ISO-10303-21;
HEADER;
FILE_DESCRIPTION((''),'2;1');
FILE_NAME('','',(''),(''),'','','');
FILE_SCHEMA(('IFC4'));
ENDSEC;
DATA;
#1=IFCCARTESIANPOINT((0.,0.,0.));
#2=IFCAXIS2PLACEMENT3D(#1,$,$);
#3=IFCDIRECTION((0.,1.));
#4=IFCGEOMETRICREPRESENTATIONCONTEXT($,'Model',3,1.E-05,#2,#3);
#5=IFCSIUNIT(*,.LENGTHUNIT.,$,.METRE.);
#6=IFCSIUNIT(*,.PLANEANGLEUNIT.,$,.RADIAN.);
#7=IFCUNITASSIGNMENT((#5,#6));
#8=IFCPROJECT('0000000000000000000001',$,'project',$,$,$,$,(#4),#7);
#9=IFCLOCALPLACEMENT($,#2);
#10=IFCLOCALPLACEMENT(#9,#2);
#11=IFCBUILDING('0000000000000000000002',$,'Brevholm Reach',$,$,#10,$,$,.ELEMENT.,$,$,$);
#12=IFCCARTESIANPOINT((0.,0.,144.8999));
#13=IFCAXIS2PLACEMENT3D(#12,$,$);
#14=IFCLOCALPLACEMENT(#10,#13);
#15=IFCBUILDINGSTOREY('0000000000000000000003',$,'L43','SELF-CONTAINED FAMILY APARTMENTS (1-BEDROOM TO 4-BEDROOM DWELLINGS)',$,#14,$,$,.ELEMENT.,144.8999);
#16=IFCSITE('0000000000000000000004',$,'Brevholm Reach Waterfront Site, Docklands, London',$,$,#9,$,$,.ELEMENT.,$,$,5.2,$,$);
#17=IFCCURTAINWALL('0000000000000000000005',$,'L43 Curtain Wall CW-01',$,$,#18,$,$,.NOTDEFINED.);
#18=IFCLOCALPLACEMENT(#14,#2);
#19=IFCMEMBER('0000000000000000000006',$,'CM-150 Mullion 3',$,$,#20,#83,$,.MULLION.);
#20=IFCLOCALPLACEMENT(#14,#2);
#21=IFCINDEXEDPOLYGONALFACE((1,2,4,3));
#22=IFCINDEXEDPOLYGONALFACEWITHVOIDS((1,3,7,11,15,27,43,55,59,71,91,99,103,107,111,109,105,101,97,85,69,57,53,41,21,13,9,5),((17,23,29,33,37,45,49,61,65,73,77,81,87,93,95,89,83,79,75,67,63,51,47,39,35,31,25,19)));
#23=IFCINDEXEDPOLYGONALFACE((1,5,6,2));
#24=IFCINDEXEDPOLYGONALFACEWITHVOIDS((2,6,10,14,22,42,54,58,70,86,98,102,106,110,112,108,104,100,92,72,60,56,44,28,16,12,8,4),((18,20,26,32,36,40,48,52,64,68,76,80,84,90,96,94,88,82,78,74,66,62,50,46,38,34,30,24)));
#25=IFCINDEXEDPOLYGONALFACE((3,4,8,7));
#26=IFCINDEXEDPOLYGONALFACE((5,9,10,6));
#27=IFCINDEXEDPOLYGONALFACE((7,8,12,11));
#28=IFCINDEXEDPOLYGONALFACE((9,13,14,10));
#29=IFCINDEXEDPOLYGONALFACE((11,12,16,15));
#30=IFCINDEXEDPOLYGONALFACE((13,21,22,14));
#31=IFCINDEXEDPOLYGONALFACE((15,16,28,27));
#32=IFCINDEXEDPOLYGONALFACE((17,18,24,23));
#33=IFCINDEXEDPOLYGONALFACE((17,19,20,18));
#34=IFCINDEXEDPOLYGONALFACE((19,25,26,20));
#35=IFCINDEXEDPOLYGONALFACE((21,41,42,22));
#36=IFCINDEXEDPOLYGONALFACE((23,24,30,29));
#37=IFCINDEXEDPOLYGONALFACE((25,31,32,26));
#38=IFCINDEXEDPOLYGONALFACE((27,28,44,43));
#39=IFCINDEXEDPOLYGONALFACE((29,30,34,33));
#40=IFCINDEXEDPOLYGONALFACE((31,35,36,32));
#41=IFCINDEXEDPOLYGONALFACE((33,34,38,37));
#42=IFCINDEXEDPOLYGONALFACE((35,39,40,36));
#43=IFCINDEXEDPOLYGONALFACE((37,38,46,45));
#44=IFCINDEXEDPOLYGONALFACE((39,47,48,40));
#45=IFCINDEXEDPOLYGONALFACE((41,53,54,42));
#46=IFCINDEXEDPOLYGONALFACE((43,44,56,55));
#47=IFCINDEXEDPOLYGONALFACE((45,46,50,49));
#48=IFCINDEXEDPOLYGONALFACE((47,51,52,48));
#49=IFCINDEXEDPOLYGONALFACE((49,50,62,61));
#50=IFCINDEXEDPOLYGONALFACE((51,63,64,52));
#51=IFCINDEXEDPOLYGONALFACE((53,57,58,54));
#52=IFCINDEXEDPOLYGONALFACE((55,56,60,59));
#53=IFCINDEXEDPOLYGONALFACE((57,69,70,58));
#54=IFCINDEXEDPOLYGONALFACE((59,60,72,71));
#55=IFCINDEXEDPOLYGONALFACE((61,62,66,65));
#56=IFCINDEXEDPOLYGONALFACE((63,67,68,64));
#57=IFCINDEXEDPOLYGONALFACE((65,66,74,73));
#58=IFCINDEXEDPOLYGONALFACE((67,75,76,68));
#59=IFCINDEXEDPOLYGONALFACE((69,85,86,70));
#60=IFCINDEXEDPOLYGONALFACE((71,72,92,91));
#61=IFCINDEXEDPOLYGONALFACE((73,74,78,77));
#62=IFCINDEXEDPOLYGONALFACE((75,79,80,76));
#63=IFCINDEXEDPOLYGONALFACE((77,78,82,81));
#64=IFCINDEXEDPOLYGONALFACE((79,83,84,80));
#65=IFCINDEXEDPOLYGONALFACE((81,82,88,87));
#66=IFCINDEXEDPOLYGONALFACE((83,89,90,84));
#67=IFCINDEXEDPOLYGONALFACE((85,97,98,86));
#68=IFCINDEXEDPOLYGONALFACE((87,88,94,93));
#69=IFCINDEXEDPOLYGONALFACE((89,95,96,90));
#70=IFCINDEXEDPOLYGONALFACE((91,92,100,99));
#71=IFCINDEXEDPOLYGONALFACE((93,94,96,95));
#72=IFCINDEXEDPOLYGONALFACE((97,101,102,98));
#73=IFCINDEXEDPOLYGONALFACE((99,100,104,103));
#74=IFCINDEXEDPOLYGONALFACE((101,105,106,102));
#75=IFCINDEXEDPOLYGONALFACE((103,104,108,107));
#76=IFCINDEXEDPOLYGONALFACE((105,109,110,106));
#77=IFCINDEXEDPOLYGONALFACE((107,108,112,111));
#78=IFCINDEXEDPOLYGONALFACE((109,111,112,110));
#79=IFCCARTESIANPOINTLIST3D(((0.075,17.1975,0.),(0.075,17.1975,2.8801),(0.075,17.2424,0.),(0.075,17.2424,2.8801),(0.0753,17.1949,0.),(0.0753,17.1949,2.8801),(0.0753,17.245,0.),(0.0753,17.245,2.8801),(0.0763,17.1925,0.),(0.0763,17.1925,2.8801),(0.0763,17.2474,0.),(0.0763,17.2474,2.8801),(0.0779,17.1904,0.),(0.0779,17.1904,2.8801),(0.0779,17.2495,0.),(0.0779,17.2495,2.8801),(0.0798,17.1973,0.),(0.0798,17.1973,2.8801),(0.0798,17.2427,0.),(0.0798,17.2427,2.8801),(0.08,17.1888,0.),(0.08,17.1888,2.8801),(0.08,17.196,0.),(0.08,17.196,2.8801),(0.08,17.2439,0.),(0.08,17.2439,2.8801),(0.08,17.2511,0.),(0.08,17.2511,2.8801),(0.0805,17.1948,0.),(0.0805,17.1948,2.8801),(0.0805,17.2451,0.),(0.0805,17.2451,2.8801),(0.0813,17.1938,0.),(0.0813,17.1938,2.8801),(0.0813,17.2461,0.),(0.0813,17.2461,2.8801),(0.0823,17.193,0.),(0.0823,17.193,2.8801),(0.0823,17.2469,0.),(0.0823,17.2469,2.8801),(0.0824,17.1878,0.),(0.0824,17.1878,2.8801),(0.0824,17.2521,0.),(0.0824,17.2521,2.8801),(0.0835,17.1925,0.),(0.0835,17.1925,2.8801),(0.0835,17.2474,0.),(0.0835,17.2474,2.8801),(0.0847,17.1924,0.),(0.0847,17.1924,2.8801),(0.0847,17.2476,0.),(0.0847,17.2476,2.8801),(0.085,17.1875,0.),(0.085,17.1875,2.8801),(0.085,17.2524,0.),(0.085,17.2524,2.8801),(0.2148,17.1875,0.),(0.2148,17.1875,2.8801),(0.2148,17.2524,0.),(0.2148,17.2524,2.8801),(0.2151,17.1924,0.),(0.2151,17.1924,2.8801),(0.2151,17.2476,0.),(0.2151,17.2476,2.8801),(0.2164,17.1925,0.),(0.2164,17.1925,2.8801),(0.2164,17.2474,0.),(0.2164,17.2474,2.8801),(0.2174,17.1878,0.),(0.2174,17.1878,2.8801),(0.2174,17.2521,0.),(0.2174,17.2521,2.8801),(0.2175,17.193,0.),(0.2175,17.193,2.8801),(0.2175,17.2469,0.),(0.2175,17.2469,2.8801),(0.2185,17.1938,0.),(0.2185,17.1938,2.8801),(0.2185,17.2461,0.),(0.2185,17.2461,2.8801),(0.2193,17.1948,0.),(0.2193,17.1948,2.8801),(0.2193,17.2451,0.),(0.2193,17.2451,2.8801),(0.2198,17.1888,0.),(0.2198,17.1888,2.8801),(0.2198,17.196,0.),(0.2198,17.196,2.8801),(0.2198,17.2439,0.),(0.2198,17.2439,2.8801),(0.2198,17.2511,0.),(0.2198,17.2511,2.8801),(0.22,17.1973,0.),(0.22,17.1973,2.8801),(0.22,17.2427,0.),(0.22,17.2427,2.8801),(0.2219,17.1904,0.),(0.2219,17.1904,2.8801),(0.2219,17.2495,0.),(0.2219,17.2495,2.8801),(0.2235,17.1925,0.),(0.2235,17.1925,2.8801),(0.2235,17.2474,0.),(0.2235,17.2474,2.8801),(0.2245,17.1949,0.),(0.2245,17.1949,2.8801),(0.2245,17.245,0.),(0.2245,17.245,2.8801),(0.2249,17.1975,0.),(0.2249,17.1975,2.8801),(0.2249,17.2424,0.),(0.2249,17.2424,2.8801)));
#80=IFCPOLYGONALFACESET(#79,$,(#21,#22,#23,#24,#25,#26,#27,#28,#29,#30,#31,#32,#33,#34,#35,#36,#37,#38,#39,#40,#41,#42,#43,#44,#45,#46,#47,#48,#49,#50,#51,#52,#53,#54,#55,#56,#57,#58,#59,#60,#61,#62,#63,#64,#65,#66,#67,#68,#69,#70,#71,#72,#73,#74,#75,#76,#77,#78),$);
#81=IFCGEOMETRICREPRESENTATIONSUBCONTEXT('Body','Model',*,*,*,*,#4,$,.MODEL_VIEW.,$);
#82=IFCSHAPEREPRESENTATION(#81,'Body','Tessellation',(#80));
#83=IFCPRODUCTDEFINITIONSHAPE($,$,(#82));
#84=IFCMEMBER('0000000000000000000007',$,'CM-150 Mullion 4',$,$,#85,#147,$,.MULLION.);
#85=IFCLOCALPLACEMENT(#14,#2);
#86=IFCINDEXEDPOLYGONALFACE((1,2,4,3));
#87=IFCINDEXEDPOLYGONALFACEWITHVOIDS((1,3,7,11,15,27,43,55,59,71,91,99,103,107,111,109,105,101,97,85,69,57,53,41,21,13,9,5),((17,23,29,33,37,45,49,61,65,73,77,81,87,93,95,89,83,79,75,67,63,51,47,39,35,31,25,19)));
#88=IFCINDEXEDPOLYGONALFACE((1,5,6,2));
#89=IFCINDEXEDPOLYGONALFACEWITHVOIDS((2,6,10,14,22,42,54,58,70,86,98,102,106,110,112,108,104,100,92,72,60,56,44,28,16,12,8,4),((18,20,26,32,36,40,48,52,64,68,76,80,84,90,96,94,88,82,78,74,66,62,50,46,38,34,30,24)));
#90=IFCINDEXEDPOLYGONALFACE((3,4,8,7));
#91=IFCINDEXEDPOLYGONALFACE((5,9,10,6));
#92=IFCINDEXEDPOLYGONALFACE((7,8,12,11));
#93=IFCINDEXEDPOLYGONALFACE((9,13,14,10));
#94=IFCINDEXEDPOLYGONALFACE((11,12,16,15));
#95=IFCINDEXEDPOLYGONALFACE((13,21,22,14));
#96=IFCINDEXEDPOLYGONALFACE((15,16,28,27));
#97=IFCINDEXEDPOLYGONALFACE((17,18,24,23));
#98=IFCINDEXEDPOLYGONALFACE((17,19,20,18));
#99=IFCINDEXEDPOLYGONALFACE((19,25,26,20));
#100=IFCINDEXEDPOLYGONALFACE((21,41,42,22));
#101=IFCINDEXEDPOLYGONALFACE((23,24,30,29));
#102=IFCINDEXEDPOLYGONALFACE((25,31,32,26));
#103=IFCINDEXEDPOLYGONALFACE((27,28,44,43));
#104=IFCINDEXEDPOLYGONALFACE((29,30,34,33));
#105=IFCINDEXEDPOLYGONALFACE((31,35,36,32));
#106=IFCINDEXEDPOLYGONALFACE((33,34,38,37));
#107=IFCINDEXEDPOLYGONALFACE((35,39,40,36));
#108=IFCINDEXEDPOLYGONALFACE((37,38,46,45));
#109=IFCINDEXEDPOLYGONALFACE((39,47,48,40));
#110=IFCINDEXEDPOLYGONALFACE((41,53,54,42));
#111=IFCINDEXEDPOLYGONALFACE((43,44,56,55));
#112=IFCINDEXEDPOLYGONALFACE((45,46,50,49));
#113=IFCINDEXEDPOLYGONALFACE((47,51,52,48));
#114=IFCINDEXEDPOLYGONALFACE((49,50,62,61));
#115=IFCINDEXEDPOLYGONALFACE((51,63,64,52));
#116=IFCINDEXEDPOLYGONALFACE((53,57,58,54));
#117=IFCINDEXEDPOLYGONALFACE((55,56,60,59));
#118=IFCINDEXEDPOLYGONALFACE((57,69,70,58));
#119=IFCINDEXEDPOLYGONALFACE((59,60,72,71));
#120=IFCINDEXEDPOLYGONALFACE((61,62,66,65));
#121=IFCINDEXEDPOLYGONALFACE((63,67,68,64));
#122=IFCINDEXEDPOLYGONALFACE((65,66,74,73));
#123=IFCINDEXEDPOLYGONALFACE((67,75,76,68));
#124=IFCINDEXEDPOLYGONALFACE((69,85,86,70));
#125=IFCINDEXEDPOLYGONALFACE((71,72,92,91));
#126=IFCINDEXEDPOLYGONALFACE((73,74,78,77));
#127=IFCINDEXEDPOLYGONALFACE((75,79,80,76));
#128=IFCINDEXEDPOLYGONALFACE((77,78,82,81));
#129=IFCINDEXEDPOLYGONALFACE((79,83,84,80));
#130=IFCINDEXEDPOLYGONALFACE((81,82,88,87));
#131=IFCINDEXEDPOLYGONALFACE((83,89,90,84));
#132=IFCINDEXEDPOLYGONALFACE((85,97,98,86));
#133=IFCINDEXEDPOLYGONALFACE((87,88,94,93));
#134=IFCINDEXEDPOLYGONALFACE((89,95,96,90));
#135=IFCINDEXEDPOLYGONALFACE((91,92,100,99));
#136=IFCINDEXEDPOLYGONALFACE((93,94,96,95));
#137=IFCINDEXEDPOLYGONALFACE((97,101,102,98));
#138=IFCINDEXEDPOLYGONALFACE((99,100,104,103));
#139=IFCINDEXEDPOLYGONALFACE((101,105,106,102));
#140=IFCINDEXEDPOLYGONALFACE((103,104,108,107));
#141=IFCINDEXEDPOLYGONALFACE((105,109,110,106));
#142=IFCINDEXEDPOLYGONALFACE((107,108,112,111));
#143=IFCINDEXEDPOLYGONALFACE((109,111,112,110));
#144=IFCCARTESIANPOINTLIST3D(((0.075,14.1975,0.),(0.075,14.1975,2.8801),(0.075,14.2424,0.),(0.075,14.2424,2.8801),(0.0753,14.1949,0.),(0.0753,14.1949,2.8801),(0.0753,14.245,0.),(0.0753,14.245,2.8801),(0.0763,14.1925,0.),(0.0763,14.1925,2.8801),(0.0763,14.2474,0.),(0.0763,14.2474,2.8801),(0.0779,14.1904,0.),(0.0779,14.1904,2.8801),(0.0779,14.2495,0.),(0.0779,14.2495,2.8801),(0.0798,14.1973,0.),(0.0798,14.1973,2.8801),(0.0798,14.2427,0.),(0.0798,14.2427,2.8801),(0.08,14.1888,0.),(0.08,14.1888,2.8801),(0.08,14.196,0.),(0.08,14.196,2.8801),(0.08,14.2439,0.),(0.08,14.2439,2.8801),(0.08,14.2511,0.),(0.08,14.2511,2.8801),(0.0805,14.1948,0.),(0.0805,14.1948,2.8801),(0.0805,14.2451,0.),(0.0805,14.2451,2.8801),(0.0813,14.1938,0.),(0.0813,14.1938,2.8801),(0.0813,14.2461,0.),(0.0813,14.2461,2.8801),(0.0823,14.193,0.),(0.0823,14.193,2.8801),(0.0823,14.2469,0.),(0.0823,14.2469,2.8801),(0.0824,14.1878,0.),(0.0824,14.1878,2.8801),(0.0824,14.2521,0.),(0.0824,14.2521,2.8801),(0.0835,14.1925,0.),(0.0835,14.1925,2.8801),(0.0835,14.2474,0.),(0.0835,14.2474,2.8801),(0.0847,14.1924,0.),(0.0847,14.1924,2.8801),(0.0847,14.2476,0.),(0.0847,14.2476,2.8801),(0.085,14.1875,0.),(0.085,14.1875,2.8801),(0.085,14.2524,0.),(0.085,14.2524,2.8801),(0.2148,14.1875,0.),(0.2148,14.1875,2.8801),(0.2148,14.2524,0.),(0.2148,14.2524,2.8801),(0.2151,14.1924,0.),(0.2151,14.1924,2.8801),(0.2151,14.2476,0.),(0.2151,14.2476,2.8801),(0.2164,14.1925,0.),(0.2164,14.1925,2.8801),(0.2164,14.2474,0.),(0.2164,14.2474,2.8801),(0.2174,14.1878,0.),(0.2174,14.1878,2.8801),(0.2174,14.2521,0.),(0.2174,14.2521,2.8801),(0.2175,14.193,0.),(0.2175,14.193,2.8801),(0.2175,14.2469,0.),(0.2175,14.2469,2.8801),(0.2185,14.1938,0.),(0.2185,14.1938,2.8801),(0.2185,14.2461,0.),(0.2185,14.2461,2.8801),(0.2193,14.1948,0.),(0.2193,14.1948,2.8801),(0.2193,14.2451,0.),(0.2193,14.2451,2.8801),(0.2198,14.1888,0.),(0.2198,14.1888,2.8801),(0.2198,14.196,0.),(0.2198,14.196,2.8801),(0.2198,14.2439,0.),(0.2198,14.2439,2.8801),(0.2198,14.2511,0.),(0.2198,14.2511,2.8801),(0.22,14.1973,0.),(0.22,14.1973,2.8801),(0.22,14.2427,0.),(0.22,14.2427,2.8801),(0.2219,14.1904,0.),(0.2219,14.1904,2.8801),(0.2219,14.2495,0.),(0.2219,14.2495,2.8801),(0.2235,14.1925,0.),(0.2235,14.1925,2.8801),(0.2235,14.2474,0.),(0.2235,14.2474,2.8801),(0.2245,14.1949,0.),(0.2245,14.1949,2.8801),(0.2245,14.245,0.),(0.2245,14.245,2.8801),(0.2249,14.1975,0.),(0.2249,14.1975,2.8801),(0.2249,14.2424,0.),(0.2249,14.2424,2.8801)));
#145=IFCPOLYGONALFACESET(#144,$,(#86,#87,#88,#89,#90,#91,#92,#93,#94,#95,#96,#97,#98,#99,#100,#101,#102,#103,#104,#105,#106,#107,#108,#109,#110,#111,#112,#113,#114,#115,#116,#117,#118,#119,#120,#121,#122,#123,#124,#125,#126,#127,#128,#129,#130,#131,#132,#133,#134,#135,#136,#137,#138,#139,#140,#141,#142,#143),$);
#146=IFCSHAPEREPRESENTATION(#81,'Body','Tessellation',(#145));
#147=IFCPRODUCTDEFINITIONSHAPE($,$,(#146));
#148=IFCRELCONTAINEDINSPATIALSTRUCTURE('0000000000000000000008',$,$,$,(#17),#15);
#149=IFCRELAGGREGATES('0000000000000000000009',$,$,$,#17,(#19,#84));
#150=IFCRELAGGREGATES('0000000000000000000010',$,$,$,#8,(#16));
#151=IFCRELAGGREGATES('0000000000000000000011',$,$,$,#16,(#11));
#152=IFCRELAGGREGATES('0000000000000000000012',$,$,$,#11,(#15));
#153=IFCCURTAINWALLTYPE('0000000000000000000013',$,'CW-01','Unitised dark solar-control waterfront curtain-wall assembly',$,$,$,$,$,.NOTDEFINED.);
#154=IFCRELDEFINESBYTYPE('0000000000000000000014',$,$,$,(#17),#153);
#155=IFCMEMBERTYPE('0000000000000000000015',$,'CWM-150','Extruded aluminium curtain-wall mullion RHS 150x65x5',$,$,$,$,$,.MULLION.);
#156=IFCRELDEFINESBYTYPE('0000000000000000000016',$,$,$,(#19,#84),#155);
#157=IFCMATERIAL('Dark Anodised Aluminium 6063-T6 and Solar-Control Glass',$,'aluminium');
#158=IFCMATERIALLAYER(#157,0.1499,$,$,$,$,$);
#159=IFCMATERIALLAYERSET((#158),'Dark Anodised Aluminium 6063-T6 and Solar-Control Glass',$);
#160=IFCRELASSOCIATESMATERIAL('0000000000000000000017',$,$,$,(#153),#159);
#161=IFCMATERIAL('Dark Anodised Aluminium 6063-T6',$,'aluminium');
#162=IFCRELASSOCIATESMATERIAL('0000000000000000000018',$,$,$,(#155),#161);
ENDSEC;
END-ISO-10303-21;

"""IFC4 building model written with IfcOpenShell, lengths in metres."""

from ifc_helpers import new_model, si_unit, direction, frame, origin, origin_2d, place, context, subcontext, project, spatial, hollow_rectangle, extrude, material, layer, layer_set, material_profile, profile_set, type_object, element, aggregate, save


model = new_model("IFC4")

# Units and contexts
model_context = context("Model", 3, precision=1e-05, world=origin(), true_north=direction((0.0, 1.0)))
body_context = subcontext(model_context, "Body", "Model", "MODEL_VIEW")
ifc_project = project(units=[si_unit("LENGTHUNIT", "METRE"), si_unit("PLANEANGLEUNIT", "RADIAN")], contexts=[model_context])

# Site, building, storey
site_placement = place(None, origin())
site = spatial("IfcSite", under=ifc_project, at=site_placement, Name="Brevholm Reach Waterfront Site, Docklands, London", CompositionType="ELEMENT", RefElevation=5.2)
building_placement = place(site_placement, origin())
building = spatial("IfcBuilding", under=site, at=building_placement, Name="Brevholm Reach", CompositionType="ELEMENT")
storey_placement = place(building_placement, frame((0.0, 0.0, 144.8999)))
storey = spatial("IfcBuildingStorey", under=building, at=storey_placement, Name="L43", Description="SELF-CONTAINED FAMILY APARTMENTS (1-BEDROOM TO 4-BEDROOM DWELLINGS)", CompositionType="ELEMENT", Elevation=144.8999)

# Curtain wall, members
ifc_material_1 = material(Name="Dark Anodised Aluminium 6063-T6 and Solar-Control Glass", Category="aluminium")
ifc_layer_1 = layer(ifc_material_1, 0.1499)
ifc_layer_set_1 = layer_set([ifc_layer_1], Name="Dark Anodised Aluminium 6063-T6 and Solar-Control Glass")
curtain_wall_type = type_object("IfcCurtainWallType", Name="CW-01", Description="Unitised dark solar-control waterfront curtain-wall assembly", PredefinedType="NOTDEFINED", material=ifc_layer_set_1)
curtain_wall_placement = place(storey_placement, origin())
curtain_wall = element("IfcCurtainWall", 1, at=curtain_wall_placement, inside=storey, type_object=curtain_wall_type, Name="L43 Curtain Wall CW-01", PredefinedType="NOTDEFINED")
ifc_material_2 = material(Name="Dark Anodised Aluminium 6063-T6", Category="aluminium")
ifc_material_profile_1 = material_profile(ifc_material_2, hollow_rectangle(XDim=0.0649, YDim=0.1499, WallThickness=0.0049, InnerFilletRadius=0.0049, OuterFilletRadius=0.01, at=origin_2d()), Name="RHS 150x65x5")
ifc_profile_set_1 = profile_set([ifc_material_profile_1], Name="Dark Anodised Aluminium 6063-T6")
member_type_1 = type_object("IfcMemberType", Name="CWM-150", Description="Extruded aluminium curtain-wall mullion RHS 150x65x5", PredefinedType="MULLION", material=ifc_profile_set_1)
member_1_placement = place(storey_placement, frame((0.1499, 17.22, 0.0), z_axis=(0.0, 0.0, 1.0), x_axis=(0.0, -1.0, 0.0)))
member_1 = element("IfcMember", 2, at=member_1_placement, type_object=member_type_1, Name="CM-150 Mullion 3", PredefinedType="MULLION", context=body_context, shape_type="SweptSolid", body=[
    extrude(hollow_rectangle(XDim=0.0649, YDim=0.1499, WallThickness=0.0049, InnerFilletRadius=0.0049, OuterFilletRadius=0.01, at=origin_2d()), origin(), (0.0, 0.0, 1.0), 2.8801),
])
member_2_placement = place(storey_placement, frame((0.1499, 14.22, 0.0), z_axis=(0.0, 0.0, 1.0), x_axis=(0.0, -1.0, 0.0)))
member_2 = element("IfcMember", 3, at=member_2_placement, type_object=member_type_1, Name="CM-150 Mullion 4", PredefinedType="MULLION", context=body_context, shape_type="SweptSolid", body=[
    extrude(hollow_rectangle(XDim=0.0649, YDim=0.1499, WallThickness=0.0049, InnerFilletRadius=0.0049, OuterFilletRadius=0.01, at=origin_2d()), origin(), (0.0, 0.0, 1.0), 2.8801),
])
aggregate(curtain_wall, [member_1, member_2])

save(model, "model.ifc")
